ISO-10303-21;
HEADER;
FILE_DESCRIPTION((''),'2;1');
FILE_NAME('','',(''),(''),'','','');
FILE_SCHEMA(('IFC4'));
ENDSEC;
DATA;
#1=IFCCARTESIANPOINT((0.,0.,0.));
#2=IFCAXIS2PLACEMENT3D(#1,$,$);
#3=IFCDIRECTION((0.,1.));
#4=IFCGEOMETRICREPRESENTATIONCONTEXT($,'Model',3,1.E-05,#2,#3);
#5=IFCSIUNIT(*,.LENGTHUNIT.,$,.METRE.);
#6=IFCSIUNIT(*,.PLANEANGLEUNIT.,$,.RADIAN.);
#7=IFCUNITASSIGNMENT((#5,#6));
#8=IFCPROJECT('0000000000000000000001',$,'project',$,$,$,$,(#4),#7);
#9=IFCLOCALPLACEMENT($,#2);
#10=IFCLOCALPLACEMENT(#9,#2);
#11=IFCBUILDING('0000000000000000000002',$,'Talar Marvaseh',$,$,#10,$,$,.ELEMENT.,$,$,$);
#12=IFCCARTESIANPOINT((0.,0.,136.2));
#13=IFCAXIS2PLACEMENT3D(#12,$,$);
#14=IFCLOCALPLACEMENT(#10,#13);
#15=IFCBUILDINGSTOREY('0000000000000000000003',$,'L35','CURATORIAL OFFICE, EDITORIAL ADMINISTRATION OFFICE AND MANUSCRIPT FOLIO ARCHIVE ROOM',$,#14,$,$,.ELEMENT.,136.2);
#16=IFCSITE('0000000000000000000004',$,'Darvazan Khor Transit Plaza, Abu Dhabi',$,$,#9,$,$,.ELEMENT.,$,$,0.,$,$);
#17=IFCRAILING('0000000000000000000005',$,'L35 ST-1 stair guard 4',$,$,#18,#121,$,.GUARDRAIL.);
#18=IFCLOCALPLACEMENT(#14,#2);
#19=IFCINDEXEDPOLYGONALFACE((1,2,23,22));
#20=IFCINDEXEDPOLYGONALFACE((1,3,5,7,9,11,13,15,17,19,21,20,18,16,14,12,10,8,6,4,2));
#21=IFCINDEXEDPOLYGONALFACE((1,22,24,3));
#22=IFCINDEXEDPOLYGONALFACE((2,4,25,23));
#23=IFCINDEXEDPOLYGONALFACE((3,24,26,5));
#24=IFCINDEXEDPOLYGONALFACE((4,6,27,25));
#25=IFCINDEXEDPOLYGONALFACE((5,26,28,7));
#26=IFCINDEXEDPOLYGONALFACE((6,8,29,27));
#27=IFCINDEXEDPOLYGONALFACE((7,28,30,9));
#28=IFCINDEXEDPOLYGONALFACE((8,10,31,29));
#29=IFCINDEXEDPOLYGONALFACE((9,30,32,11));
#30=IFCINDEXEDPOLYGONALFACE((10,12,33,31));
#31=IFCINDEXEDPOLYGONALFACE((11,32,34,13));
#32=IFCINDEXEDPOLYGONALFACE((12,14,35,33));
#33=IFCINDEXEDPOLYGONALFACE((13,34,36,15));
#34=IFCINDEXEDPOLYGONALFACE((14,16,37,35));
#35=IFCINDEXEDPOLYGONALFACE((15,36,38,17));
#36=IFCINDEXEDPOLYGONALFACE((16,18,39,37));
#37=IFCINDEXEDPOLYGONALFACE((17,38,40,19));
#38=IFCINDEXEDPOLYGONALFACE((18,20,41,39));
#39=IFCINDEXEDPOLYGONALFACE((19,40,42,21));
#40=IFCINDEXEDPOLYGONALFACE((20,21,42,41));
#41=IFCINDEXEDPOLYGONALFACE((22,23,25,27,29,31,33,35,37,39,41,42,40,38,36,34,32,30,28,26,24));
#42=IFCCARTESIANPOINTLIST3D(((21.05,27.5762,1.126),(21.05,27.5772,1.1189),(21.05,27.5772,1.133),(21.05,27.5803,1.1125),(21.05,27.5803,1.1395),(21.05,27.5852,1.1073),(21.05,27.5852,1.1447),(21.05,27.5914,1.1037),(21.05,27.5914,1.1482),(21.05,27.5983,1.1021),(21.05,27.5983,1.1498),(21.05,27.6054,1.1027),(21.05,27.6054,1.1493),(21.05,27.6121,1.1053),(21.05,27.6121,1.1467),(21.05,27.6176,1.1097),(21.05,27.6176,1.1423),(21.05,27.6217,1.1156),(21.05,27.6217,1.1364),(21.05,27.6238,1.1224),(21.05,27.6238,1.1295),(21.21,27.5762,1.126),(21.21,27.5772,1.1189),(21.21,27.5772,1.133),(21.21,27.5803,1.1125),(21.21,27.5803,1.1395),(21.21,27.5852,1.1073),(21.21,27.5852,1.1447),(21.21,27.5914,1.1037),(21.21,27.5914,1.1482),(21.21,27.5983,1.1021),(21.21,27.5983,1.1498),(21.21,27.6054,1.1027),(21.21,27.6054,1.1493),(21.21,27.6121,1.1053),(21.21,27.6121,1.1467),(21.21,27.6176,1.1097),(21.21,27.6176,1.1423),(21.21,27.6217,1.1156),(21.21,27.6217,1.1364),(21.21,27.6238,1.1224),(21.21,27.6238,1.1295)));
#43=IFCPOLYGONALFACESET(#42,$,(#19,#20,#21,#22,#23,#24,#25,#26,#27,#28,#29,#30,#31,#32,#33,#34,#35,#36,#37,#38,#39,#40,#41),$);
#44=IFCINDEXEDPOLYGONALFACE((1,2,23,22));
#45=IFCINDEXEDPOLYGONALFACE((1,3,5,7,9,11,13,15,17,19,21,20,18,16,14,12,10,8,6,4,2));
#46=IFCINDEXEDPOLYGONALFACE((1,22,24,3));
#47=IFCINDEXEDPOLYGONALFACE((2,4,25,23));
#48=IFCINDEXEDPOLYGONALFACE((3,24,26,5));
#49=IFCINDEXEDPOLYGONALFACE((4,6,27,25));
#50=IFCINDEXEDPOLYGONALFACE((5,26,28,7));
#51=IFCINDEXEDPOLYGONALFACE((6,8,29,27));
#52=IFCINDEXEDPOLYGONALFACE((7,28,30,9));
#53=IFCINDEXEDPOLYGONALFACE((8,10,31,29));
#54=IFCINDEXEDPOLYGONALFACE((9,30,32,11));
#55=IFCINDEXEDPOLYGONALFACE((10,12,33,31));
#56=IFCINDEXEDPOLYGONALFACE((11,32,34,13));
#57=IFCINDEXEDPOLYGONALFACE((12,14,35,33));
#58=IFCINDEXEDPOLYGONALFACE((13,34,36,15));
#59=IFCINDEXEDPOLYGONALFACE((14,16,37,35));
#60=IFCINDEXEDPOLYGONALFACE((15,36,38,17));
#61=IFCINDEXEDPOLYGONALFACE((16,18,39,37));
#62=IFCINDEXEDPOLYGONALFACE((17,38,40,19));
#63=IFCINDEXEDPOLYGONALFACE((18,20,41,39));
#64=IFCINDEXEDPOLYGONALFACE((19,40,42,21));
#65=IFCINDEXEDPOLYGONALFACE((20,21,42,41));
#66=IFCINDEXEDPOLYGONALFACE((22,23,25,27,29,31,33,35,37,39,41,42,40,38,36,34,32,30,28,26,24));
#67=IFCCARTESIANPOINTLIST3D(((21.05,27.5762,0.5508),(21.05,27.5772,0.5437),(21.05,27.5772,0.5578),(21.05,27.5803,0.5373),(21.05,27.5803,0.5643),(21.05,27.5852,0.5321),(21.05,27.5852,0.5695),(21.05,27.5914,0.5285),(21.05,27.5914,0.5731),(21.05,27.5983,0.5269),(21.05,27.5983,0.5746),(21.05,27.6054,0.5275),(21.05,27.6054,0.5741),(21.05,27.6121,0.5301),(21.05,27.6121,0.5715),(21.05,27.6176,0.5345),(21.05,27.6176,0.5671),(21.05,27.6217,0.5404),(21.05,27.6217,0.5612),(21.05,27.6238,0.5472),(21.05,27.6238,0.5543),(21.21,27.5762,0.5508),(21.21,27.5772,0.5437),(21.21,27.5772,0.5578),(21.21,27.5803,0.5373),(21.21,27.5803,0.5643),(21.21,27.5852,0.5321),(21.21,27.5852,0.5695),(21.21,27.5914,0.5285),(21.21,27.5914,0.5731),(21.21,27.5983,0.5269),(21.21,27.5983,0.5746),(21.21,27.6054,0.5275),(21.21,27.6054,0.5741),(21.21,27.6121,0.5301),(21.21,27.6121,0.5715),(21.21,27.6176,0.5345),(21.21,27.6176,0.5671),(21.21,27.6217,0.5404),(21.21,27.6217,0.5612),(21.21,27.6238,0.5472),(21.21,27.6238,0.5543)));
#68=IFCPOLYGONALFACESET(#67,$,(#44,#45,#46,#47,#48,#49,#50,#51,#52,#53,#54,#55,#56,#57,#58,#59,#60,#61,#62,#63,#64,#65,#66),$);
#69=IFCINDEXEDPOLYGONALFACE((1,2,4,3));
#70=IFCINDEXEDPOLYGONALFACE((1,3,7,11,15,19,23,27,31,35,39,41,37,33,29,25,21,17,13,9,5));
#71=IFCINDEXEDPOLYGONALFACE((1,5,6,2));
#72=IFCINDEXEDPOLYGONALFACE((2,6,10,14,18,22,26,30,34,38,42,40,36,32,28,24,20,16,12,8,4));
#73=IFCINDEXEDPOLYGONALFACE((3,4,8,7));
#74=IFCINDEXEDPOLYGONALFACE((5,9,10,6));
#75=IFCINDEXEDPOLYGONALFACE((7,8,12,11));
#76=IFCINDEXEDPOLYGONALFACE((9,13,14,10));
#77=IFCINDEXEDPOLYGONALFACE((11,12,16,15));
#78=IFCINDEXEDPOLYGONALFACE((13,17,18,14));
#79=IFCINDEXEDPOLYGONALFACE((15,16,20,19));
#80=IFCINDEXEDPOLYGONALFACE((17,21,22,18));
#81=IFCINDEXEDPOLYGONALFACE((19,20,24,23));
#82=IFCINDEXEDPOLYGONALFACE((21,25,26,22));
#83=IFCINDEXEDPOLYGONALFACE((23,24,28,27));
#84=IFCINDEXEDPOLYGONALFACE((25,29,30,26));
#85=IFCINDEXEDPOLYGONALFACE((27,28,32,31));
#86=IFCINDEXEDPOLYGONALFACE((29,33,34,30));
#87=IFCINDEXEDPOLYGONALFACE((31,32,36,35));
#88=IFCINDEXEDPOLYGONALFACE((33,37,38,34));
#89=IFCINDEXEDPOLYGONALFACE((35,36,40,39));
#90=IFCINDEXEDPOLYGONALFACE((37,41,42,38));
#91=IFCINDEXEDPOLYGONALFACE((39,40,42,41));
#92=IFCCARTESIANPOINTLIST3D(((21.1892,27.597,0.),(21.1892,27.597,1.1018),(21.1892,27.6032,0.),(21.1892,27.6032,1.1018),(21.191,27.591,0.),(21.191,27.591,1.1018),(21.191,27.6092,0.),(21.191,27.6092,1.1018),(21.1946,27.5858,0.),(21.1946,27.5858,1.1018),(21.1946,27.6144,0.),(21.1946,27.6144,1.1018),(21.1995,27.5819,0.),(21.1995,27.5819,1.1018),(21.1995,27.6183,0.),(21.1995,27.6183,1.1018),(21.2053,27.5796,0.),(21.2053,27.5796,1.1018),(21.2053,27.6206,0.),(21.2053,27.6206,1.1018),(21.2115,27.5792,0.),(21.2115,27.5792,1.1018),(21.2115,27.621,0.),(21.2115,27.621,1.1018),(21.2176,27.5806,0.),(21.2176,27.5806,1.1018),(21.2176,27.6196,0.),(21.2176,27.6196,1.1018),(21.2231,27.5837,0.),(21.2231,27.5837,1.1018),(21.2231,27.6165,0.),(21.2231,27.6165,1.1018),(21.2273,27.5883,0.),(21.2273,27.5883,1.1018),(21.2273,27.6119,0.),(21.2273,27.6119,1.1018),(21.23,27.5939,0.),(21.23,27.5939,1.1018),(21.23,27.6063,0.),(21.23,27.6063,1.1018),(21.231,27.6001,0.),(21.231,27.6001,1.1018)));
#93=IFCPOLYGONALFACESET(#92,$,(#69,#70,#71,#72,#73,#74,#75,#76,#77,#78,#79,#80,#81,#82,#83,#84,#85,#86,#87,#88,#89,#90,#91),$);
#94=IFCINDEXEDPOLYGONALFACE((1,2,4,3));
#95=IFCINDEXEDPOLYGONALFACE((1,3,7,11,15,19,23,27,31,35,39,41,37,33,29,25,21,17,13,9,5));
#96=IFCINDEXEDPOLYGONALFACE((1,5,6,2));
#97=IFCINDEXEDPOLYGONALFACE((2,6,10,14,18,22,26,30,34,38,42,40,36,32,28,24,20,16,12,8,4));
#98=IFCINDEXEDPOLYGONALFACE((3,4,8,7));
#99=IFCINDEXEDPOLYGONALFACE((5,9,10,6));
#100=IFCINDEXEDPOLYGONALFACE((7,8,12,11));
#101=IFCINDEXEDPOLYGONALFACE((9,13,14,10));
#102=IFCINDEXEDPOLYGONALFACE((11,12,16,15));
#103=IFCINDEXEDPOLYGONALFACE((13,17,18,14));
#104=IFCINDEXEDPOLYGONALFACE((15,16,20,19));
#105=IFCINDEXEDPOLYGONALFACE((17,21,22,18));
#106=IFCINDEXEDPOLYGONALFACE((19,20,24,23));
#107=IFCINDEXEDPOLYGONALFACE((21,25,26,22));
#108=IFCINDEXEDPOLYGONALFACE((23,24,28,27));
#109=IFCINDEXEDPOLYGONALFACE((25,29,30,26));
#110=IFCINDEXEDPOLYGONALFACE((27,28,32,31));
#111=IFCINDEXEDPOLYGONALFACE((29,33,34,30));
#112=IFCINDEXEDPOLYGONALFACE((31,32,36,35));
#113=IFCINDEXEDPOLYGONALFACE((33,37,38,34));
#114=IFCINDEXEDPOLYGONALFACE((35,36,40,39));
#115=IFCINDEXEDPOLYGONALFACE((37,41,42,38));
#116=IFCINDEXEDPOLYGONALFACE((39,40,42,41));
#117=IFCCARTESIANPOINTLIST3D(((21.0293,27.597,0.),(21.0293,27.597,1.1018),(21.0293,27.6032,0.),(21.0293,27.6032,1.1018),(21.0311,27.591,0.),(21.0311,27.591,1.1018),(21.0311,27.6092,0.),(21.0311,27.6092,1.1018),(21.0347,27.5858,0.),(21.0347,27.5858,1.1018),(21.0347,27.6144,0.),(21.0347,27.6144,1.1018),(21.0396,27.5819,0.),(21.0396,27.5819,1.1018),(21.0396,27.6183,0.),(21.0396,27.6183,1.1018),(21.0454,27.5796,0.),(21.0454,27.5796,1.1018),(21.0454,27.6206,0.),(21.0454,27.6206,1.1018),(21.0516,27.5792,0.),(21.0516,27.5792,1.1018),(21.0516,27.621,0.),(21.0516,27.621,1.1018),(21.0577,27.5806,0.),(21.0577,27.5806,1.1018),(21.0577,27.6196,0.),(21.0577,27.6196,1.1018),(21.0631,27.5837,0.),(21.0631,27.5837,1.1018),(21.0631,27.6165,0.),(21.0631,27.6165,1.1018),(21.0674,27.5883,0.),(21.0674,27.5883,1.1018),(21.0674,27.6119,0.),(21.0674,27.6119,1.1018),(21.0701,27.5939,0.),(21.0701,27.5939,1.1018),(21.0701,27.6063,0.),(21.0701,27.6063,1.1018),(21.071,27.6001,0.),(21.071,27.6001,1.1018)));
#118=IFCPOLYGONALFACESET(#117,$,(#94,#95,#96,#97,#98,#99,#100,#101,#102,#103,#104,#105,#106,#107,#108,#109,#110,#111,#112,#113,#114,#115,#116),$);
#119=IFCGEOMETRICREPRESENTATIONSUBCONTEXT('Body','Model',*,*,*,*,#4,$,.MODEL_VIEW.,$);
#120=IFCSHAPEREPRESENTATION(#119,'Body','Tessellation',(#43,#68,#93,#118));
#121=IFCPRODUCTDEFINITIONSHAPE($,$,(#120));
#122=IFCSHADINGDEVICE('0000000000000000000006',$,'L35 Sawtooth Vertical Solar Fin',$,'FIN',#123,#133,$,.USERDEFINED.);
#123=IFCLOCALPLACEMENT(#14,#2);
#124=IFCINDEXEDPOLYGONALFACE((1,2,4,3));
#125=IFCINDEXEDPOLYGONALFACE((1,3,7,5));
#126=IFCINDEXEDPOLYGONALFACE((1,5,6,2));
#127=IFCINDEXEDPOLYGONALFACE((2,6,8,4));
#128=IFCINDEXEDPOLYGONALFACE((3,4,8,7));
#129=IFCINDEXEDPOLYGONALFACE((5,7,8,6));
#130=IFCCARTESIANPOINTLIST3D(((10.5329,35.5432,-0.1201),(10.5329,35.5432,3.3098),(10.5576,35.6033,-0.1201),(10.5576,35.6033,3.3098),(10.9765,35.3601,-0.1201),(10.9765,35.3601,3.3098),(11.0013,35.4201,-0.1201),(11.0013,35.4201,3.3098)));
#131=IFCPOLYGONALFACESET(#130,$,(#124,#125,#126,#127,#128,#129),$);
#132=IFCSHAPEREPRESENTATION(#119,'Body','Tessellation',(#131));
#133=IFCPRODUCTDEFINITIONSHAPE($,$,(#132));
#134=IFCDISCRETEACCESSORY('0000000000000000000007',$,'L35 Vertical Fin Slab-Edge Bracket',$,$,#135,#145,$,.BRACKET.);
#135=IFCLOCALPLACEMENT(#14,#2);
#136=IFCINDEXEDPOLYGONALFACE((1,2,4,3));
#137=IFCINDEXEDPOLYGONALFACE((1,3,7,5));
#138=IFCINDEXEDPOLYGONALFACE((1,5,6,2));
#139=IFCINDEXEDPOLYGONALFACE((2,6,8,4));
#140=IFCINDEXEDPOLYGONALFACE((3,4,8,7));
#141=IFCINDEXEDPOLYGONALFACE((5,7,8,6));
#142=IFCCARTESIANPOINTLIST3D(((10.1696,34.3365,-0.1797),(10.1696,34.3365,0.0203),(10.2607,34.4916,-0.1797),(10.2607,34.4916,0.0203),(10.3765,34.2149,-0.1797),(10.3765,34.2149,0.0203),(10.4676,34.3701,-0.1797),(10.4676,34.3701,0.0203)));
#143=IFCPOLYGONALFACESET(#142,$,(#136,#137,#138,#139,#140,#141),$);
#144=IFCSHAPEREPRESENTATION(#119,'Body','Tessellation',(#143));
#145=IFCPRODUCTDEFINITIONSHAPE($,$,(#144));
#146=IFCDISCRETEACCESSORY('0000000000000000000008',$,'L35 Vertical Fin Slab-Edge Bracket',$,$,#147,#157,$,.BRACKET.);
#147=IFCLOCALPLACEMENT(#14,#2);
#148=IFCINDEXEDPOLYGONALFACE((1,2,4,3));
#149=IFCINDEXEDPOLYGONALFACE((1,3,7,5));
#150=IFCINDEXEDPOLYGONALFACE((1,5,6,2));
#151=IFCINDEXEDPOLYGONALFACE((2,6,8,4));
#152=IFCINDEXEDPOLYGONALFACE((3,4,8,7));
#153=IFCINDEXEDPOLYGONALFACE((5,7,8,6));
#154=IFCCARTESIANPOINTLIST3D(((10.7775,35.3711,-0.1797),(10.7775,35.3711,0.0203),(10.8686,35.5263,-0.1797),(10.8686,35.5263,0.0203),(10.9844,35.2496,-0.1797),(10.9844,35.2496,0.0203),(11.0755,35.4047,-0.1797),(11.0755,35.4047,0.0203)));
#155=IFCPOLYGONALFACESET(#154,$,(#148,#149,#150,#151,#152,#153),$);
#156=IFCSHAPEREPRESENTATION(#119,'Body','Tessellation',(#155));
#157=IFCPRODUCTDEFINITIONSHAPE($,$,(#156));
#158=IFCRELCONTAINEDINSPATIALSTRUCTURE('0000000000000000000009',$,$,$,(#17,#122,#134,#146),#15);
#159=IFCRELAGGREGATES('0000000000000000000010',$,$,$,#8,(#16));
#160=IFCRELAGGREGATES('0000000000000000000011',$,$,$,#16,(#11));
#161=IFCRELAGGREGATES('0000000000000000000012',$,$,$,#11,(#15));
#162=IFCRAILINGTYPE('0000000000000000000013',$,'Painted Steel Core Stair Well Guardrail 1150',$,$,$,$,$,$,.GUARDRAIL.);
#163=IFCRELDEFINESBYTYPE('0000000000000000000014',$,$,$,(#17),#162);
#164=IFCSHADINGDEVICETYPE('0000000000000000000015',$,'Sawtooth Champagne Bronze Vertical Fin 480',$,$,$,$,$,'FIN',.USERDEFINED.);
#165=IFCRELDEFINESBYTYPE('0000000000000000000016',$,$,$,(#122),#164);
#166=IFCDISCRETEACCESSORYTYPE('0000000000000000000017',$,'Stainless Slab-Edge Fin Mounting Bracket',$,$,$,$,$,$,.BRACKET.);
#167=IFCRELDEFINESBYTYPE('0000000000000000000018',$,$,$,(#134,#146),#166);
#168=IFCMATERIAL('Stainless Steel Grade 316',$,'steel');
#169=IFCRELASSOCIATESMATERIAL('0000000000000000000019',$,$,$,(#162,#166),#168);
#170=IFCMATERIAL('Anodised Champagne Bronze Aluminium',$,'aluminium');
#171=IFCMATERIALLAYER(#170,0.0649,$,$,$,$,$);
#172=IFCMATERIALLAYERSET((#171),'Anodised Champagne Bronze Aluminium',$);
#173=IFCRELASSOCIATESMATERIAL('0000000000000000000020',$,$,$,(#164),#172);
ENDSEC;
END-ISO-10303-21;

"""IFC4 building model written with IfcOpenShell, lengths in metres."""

from ifc_helpers import new_model, si_unit, direction, frame, origin, origin_2d, place, context, subcontext, project, spatial, rectangle, circle, extrude, source, transform, mapped, material, layer, layer_set, type_object, type_shapes, element, save


model = new_model("IFC4")

# Units and contexts
model_context = context("Model", 3, precision=1e-05, world=origin(), true_north=direction((0.0, 1.0)))
body_context = subcontext(model_context, "Body", "Model", "MODEL_VIEW")
ifc_project = project(units=[si_unit("LENGTHUNIT", "METRE"), si_unit("PLANEANGLEUNIT", "RADIAN")], contexts=[model_context])

# Site, building, storey
site_placement = place(None, origin())
site = spatial("IfcSite", under=ifc_project, at=site_placement, Name="Darvazan Khor Transit Plaza, Abu Dhabi", CompositionType="ELEMENT", RefElevation=0.0)
building_placement = place(site_placement, origin())
building = spatial("IfcBuilding", under=site, at=building_placement, Name="Talar Marvaseh", CompositionType="ELEMENT")
storey_placement = place(building_placement, frame((0.0, 0.0, 136.2)))
storey = spatial("IfcBuildingStorey", under=building, at=storey_placement, Name="L35", Description="CURATORIAL OFFICE, EDITORIAL ADMINISTRATION OFFICE AND MANUSCRIPT FOLIO ARCHIVE ROOM", CompositionType="ELEMENT", Elevation=136.2)

# Railing
ifc_material_1 = material(Name="Stainless Steel Grade 316", Category="steel")
railing_type_1 = type_object("IfcRailingType", Name="Painted Steel Core Stair Well Guardrail 1150", PredefinedType="GUARDRAIL", material=ifc_material_1)
railing_1_placement = place(storey_placement, frame((21.21, 27.6001, 0.0)))
element("IfcRailing", 1, at=railing_1_placement, inside=storey, type_object=railing_type_1, Name="L35 ST-1 stair guard 4", PredefinedType="GUARDRAIL", context=body_context, shape_type="SweptSolid", body=[
    extrude(circle(Radius=0.0239, at=origin_2d()), frame((0.0, 0.0, 1.126), z_axis=(-1.0, 0.0, 0.0), x_axis=(0.0, -1.0, 0.0)), (0.0, 0.0, 1.0), 0.1599),
    extrude(circle(Radius=0.0239, at=origin_2d()), frame((0.0, 0.0, 0.5508), z_axis=(-1.0, 0.0, 0.0), x_axis=(0.0, -1.0, 0.0)), (0.0, 0.0, 1.0), 0.1599),
    extrude(circle(Radius=0.021, at=origin_2d()), origin(), (0.0, 0.0, 1.0), 1.1018),
    extrude(circle(Radius=0.021, at=origin_2d()), frame((-0.1599, 0.0, 0.0)), (0.0, 0.0, 1.0), 1.1018),
])

# Shading device
ifc_material_2 = material(Name="Anodised Champagne Bronze Aluminium", Category="aluminium")
ifc_layer_1 = layer(ifc_material_2, 0.0649)
ifc_layer_set_1 = layer_set([ifc_layer_1], Name="Anodised Champagne Bronze Aluminium")
shading_device_type = type_object("IfcShadingDeviceType", Name="Sawtooth Champagne Bronze Vertical Fin 480", ElementType="FIN", PredefinedType="USERDEFINED", material=ifc_layer_set_1)
shared_shape_1 = source(origin(), body_context, "Body", "SweptSolid", [
    extrude(rectangle(XDim=0.48, YDim=0.0649, at=origin_2d()), origin(), (0.0, 0.0, 1.0), 3.4299),
])
type_shapes(shading_device_type, [shared_shape_1])
shading_device_placement = place(storey_placement, frame((10.7671, 35.4817, -0.1201), z_axis=(0.0, 0.0, 1.0), x_axis=(-0.924346, 0.381554, 0.0)))
element("IfcShadingDevice", 2, at=shading_device_placement, inside=storey, type_object=shading_device_type, Name="L35 Sawtooth Vertical Solar Fin", ObjectType="FIN", PredefinedType="USERDEFINED", context=body_context, shape_type="MappedRepresentation", body=[
    mapped(shared_shape_1, transform((0.0, 0.0, 0.0), x_axis=(1.0, 0.0, 0.0), y_axis=(0.0, 1.0, 0.0), z_axis=(0.0, 0.0, 1.0), scale=1.0)),
])

# Discrete accessories
discrete_accessory_type = type_object("IfcDiscreteAccessoryType", Name="Stainless Slab-Edge Fin Mounting Bracket", PredefinedType="BRACKET", material=ifc_material_1)
shared_shape_2 = source(origin(), body_context, "Body", "SweptSolid", [
    extrude(rectangle(XDim=0.24, YDim=0.1799, at=origin_2d()), origin(), (0.0, 0.0, 1.0), 0.2),
])
type_shapes(discrete_accessory_type, [shared_shape_2])
for number, where, z_axis, x_axis, name in (
    (3, (10.3186, 34.3533, -0.1797), (0.0, 0.0, 1.0), (-0.862249, 0.506485, 0.0), "L35 Vertical Fin Slab-Edge Bracket"),
    (4, (10.9265, 35.3879, -0.1797), (0.0, 0.0, 1.0), (-0.862249, 0.506485, 0.0), "L35 Vertical Fin Slab-Edge Bracket"),
):
    element("IfcDiscreteAccessory", number, at=place(storey_placement, frame(where, z_axis=z_axis, x_axis=x_axis)), inside=storey, type_object=discrete_accessory_type, Name=name, PredefinedType="BRACKET", context=body_context, shape_type="MappedRepresentation", body=[
        mapped(shared_shape_2, transform((0.0, 0.0, 0.0), x_axis=(1.0, 0.0, 0.0), y_axis=(0.0, 1.0, 0.0), z_axis=(0.0, 0.0, 1.0), scale=1.0)),
    ])

save(model, "model.ifc")
